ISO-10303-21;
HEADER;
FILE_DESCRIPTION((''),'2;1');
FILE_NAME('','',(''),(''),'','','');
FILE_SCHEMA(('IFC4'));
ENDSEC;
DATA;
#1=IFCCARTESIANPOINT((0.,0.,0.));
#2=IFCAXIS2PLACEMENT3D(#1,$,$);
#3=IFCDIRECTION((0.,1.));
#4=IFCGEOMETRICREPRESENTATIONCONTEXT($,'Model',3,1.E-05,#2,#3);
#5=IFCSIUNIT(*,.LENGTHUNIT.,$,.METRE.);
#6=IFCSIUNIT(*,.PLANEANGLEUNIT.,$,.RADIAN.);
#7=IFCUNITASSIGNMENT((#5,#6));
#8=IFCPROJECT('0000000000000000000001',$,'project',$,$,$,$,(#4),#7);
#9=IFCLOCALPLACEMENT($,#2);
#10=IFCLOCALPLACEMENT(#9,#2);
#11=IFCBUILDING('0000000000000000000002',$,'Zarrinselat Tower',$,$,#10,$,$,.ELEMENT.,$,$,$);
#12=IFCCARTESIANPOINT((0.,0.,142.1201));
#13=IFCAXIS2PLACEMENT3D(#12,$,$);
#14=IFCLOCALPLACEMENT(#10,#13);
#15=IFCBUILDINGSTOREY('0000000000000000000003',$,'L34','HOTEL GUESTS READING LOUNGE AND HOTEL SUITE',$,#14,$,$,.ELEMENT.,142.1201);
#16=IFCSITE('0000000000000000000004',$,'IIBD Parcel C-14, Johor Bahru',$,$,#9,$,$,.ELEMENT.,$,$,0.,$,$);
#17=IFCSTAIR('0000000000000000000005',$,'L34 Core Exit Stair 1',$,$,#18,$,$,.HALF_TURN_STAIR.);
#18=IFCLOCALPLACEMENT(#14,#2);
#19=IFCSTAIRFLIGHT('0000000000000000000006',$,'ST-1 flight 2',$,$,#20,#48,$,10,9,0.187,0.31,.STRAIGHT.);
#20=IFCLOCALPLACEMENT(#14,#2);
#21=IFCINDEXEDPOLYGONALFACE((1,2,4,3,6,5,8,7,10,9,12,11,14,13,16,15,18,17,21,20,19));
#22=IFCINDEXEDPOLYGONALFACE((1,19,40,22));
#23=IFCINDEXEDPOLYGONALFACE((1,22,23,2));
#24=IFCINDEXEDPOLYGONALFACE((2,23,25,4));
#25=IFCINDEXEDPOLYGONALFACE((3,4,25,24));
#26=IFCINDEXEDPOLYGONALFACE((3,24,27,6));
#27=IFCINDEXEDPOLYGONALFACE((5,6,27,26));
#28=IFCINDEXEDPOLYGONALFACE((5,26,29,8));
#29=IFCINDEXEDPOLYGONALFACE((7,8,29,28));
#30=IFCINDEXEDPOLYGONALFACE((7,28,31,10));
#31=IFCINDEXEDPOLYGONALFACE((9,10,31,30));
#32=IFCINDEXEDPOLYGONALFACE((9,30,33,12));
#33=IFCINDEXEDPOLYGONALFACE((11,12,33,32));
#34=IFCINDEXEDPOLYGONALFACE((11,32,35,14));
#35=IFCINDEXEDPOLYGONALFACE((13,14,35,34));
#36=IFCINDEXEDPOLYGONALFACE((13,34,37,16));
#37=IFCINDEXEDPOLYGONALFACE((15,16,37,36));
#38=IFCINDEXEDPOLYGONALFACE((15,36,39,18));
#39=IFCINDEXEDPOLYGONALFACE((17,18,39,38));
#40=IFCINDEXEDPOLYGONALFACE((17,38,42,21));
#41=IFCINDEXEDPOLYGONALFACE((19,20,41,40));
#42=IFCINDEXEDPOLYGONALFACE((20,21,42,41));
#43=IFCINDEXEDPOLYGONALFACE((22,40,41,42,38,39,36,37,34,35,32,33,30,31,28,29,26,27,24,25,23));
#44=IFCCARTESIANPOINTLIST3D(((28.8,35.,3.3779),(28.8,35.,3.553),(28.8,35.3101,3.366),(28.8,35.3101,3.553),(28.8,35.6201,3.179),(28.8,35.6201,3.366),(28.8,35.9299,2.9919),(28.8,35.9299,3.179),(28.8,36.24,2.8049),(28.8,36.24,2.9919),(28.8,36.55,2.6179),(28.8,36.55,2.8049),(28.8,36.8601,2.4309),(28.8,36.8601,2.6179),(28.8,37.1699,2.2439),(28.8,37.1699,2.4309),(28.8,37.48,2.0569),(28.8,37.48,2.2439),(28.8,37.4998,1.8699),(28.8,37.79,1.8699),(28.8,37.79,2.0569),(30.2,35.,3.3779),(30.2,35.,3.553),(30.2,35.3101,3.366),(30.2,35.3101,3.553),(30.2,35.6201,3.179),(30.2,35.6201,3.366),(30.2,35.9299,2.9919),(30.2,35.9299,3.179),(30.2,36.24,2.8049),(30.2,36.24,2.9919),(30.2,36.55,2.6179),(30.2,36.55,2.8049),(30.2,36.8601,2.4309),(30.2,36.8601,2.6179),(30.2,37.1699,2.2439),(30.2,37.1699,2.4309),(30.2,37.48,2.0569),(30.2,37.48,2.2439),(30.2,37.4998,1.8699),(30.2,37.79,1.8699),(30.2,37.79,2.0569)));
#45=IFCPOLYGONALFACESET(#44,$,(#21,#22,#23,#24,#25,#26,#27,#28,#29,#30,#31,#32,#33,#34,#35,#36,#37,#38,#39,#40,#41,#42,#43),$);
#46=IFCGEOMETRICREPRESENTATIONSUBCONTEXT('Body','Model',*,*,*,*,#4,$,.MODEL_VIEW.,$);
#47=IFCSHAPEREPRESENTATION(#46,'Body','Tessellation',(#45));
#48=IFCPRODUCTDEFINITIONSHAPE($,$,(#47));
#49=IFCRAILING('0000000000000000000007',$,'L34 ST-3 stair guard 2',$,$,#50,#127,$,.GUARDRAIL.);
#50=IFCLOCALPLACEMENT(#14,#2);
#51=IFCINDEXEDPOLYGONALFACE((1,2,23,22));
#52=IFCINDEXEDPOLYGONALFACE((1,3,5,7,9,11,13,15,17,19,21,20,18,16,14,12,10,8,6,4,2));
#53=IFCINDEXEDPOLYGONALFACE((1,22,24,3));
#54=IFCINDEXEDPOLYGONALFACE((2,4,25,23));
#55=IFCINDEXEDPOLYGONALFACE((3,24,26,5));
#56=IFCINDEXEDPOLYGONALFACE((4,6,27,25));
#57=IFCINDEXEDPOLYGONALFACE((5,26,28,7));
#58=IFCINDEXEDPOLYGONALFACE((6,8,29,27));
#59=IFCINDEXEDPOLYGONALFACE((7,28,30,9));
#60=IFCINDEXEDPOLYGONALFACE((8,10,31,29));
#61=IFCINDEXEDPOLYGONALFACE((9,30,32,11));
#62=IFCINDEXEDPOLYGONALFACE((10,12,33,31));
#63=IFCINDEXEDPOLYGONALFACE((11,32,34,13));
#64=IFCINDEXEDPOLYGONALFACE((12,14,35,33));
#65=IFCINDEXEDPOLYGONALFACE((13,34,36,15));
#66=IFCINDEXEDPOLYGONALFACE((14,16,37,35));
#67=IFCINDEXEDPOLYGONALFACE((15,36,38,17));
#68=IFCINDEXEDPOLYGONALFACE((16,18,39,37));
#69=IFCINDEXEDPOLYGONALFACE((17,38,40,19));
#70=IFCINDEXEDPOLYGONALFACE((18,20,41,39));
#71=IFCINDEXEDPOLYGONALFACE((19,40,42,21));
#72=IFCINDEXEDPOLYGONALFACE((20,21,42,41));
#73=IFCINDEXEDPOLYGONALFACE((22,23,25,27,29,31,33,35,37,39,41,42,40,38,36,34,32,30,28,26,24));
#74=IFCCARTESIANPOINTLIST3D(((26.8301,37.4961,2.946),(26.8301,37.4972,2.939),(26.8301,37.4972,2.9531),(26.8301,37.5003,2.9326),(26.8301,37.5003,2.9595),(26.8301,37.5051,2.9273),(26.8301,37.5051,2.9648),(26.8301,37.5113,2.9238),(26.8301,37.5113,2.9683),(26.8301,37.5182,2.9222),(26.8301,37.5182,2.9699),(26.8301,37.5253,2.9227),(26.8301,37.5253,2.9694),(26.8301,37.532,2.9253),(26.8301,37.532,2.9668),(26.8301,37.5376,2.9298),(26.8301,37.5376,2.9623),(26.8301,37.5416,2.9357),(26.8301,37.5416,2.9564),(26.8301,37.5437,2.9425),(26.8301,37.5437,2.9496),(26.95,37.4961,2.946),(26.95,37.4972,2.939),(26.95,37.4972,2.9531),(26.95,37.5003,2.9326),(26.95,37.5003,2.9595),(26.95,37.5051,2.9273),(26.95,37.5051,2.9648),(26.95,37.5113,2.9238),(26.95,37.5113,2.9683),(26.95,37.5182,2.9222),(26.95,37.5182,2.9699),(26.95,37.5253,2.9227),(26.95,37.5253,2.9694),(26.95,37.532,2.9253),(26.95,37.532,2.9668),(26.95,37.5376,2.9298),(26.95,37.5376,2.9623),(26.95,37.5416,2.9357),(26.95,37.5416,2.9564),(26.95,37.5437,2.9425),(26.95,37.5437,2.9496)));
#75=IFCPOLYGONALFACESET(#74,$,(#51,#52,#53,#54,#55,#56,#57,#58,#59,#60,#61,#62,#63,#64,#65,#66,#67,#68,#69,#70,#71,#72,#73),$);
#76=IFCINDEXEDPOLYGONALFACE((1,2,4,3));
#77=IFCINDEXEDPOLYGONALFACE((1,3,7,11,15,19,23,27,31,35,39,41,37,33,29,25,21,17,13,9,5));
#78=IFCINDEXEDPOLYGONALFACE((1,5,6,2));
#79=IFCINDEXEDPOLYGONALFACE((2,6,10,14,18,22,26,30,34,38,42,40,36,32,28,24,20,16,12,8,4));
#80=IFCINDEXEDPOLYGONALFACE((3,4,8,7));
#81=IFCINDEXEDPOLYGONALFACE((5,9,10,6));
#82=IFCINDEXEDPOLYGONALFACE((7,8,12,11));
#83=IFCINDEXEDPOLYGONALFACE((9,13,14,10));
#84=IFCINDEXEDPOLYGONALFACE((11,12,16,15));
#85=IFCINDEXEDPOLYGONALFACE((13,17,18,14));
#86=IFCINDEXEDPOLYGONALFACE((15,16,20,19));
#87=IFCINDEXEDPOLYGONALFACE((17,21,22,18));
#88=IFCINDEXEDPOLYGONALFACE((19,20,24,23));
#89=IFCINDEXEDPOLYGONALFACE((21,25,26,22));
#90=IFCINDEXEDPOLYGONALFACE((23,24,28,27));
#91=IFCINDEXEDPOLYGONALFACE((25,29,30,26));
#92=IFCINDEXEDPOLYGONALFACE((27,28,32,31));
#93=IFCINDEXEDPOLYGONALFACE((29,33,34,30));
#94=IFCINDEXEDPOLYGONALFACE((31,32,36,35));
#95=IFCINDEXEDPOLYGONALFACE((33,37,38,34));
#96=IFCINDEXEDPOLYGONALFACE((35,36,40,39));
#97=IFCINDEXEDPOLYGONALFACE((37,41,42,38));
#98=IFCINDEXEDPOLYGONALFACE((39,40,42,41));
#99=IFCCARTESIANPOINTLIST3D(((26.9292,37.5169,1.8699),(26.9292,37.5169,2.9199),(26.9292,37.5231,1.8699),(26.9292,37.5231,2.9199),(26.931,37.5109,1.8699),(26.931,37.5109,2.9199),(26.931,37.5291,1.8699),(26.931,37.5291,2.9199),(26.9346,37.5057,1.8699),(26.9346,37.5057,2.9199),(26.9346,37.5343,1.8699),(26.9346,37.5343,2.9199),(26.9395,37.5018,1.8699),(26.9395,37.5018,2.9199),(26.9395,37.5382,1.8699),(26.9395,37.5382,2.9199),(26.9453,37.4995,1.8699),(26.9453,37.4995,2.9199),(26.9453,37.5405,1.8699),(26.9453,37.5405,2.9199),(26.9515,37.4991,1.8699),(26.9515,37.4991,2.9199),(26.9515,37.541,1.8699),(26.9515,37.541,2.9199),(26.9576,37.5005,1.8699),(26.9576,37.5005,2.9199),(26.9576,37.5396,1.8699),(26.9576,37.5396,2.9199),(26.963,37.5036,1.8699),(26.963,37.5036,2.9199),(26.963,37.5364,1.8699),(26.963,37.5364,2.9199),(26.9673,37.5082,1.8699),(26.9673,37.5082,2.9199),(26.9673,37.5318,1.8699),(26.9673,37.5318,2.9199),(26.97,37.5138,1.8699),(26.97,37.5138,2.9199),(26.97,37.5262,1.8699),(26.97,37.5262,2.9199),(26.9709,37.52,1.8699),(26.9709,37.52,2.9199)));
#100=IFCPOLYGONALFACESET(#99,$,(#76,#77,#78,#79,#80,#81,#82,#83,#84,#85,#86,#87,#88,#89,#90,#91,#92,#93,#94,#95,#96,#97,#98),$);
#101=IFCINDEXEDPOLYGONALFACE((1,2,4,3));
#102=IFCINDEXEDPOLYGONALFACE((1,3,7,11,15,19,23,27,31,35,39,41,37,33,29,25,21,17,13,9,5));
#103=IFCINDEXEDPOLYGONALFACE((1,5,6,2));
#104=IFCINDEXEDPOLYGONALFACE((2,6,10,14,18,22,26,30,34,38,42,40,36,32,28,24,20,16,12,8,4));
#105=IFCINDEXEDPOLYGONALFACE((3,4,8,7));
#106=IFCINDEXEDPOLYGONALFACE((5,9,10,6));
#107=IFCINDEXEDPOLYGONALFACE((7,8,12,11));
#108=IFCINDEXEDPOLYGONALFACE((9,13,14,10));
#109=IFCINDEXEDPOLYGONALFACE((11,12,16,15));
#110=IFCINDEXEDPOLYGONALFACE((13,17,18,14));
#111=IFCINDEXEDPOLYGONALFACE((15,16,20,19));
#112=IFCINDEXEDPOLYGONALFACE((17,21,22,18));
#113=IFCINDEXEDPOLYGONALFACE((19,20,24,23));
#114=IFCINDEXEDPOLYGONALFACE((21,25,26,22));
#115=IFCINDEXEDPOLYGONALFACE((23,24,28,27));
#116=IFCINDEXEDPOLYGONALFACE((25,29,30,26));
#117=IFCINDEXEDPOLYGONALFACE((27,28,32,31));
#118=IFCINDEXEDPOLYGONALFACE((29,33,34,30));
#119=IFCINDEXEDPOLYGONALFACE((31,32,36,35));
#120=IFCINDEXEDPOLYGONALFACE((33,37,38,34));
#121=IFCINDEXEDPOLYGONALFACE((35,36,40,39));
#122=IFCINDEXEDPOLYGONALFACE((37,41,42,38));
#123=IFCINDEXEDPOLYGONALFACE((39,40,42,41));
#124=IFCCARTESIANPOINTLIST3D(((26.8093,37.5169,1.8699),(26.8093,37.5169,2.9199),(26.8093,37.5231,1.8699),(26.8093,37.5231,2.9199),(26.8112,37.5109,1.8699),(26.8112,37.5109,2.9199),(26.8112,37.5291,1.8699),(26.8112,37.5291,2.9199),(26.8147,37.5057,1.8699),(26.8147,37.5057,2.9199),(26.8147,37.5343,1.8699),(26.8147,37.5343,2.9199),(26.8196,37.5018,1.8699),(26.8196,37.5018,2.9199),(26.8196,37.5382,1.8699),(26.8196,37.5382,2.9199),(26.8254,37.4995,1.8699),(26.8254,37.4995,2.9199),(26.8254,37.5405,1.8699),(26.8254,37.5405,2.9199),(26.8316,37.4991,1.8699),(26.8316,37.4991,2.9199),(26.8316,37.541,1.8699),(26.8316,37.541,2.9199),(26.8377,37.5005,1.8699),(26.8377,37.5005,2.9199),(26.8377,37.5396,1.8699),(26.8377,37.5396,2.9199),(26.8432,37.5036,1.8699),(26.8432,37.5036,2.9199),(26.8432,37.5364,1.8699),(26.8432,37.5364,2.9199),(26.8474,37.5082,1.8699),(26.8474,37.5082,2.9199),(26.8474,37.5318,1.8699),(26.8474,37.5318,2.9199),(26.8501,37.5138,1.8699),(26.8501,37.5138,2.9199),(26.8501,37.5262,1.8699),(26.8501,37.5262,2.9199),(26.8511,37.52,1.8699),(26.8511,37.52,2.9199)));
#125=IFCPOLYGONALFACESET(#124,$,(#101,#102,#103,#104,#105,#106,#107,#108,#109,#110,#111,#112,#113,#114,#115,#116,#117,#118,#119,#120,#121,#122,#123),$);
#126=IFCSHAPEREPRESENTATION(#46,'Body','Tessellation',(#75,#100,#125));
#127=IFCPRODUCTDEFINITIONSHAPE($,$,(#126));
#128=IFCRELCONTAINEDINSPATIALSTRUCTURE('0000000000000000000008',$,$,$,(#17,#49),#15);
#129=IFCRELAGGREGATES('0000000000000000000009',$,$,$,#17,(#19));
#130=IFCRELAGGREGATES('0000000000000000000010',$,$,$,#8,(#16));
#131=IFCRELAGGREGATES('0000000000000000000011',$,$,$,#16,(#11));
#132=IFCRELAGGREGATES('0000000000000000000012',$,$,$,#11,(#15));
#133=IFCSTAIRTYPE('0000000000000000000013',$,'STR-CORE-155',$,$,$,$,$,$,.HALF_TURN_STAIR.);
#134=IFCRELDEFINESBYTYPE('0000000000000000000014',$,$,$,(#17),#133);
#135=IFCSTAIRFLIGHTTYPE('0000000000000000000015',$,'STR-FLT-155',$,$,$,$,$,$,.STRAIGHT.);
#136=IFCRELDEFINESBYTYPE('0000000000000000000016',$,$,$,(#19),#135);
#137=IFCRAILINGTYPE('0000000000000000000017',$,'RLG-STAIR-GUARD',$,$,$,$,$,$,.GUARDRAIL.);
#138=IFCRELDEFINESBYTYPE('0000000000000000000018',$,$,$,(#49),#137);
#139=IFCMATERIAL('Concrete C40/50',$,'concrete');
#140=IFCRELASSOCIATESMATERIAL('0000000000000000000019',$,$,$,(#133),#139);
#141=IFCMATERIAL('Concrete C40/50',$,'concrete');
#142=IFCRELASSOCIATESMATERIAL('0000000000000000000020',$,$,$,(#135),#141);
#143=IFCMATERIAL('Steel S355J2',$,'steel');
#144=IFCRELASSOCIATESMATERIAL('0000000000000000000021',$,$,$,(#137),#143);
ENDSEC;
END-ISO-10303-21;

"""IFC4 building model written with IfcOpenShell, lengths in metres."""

from ifc_helpers import new_model, si_unit, direction, frame, origin, origin_2d, place, context, subcontext, project, spatial, polyline, circle, outline, extrude, material, type_object, element, aggregate, save


model = new_model("IFC4")

# Units and contexts
model_context = context("Model", 3, precision=1e-05, world=origin(), true_north=direction((0.0, 1.0)))
body_context = subcontext(model_context, "Body", "Model", "MODEL_VIEW")
ifc_project = project(units=[si_unit("LENGTHUNIT", "METRE"), si_unit("PLANEANGLEUNIT", "RADIAN")], contexts=[model_context])

# Site, building, storey
site_placement = place(None, origin())
site = spatial("IfcSite", under=ifc_project, at=site_placement, Name="IIBD Parcel C-14, Johor Bahru", CompositionType="ELEMENT", RefElevation=0.0)
building_placement = place(site_placement, origin())
building = spatial("IfcBuilding", under=site, at=building_placement, Name="Zarrinselat Tower", CompositionType="ELEMENT")
storey_placement = place(building_placement, frame((0.0, 0.0, 142.1201)))
storey = spatial("IfcBuildingStorey", under=building, at=storey_placement, Name="L34", Description="HOTEL GUESTS READING LOUNGE AND HOTEL SUITE", CompositionType="ELEMENT", Elevation=142.1201)

# Stair, stair flight
ifc_material_1 = material(Name="Concrete C40/50", Category="concrete")
stair_type_1 = type_object("IfcStairType", Name="STR-CORE-155", PredefinedType="HALF_TURN_STAIR", material=ifc_material_1)
stair_1_placement = place(storey_placement, origin())
stair_1 = element("IfcStair", 1, at=stair_1_placement, inside=storey, type_object=stair_type_1, Name="L34 Core Exit Stair 1", PredefinedType="HALF_TURN_STAIR")
ifc_material_2 = material(Name="Concrete C40/50", Category="concrete")
stair_flight_type_1 = type_object("IfcStairFlightType", Name="STR-FLT-155", PredefinedType="STRAIGHT", material=ifc_material_2)
stair_flight_1_placement = place(storey_placement, frame((29.5, 37.79, 1.8699), z_axis=(0.0, 0.0, 1.0), x_axis=(0.0, -1.0, 0.0)))
stair_flight_1 = element("IfcStairFlight", 2, at=stair_flight_1_placement, type_object=stair_flight_type_1, Name="ST-1 flight 2", NumberOfRisers=10, NumberOfTreads=9, PredefinedType="STRAIGHT", RiserHeight=0.187, TreadLength=0.31, context=body_context, shape_type="SweptSolid", body=[
    extrude(outline(polyline([(0.0, 0.0), (0.0, 0.187), (0.3101, 0.187), (0.3101, 0.374), (0.6201, 0.374), (0.6201, 0.561), (0.9299, 0.561), (0.9299, 0.748), (1.24, 0.748), (1.24, 0.9351), (1.55, 0.9351), (1.55, 1.1221), (1.8601, 1.1221), (1.8601, 1.3091), (2.1699, 1.3091), (2.1699, 1.4961), (2.48, 1.4961), (2.48, 1.6831), (2.79, 1.6831), (2.79, 1.8701), (2.79, 1.5081), (0.2903, 0.0), (0.0, 0.0)])), frame((0.0, 0.7, 0.0), z_axis=(0.0, -1.0, 0.0), x_axis=(1.0, 0.0, 0.0)), (0.0, 0.0, 1.0), 1.3999),
])
aggregate(stair_1, [stair_flight_1])

# Railing
ifc_material_3 = material(Name="Steel S355J2", Category="steel")
railing_type_1 = type_object("IfcRailingType", Name="RLG-STAIR-GUARD", PredefinedType="GUARDRAIL", material=ifc_material_3)
railing_1_placement = place(storey_placement, frame((26.95, 37.52, 1.8699)))
element("IfcRailing", 3, at=railing_1_placement, inside=storey, type_object=railing_type_1, Name="L34 ST-3 stair guard 2", PredefinedType="GUARDRAIL", context=body_context, shape_type="SweptSolid", body=[
    extrude(circle(Radius=0.0239, at=origin_2d()), frame((0.0, 0.0, 1.0762), z_axis=(-1.0, 0.0, 0.0), x_axis=(0.0, -1.0, 0.0)), (0.0, 0.0, 1.0), 0.1199),
    extrude(circle(Radius=0.021, at=origin_2d()), origin(), (0.0, 0.0, 1.0), 1.05),
    extrude(circle(Radius=0.021, at=origin_2d()), frame((-0.1199, 0.0, 0.0)), (0.0, 0.0, 1.0), 1.05),
])

save(model, "model.ifc")
